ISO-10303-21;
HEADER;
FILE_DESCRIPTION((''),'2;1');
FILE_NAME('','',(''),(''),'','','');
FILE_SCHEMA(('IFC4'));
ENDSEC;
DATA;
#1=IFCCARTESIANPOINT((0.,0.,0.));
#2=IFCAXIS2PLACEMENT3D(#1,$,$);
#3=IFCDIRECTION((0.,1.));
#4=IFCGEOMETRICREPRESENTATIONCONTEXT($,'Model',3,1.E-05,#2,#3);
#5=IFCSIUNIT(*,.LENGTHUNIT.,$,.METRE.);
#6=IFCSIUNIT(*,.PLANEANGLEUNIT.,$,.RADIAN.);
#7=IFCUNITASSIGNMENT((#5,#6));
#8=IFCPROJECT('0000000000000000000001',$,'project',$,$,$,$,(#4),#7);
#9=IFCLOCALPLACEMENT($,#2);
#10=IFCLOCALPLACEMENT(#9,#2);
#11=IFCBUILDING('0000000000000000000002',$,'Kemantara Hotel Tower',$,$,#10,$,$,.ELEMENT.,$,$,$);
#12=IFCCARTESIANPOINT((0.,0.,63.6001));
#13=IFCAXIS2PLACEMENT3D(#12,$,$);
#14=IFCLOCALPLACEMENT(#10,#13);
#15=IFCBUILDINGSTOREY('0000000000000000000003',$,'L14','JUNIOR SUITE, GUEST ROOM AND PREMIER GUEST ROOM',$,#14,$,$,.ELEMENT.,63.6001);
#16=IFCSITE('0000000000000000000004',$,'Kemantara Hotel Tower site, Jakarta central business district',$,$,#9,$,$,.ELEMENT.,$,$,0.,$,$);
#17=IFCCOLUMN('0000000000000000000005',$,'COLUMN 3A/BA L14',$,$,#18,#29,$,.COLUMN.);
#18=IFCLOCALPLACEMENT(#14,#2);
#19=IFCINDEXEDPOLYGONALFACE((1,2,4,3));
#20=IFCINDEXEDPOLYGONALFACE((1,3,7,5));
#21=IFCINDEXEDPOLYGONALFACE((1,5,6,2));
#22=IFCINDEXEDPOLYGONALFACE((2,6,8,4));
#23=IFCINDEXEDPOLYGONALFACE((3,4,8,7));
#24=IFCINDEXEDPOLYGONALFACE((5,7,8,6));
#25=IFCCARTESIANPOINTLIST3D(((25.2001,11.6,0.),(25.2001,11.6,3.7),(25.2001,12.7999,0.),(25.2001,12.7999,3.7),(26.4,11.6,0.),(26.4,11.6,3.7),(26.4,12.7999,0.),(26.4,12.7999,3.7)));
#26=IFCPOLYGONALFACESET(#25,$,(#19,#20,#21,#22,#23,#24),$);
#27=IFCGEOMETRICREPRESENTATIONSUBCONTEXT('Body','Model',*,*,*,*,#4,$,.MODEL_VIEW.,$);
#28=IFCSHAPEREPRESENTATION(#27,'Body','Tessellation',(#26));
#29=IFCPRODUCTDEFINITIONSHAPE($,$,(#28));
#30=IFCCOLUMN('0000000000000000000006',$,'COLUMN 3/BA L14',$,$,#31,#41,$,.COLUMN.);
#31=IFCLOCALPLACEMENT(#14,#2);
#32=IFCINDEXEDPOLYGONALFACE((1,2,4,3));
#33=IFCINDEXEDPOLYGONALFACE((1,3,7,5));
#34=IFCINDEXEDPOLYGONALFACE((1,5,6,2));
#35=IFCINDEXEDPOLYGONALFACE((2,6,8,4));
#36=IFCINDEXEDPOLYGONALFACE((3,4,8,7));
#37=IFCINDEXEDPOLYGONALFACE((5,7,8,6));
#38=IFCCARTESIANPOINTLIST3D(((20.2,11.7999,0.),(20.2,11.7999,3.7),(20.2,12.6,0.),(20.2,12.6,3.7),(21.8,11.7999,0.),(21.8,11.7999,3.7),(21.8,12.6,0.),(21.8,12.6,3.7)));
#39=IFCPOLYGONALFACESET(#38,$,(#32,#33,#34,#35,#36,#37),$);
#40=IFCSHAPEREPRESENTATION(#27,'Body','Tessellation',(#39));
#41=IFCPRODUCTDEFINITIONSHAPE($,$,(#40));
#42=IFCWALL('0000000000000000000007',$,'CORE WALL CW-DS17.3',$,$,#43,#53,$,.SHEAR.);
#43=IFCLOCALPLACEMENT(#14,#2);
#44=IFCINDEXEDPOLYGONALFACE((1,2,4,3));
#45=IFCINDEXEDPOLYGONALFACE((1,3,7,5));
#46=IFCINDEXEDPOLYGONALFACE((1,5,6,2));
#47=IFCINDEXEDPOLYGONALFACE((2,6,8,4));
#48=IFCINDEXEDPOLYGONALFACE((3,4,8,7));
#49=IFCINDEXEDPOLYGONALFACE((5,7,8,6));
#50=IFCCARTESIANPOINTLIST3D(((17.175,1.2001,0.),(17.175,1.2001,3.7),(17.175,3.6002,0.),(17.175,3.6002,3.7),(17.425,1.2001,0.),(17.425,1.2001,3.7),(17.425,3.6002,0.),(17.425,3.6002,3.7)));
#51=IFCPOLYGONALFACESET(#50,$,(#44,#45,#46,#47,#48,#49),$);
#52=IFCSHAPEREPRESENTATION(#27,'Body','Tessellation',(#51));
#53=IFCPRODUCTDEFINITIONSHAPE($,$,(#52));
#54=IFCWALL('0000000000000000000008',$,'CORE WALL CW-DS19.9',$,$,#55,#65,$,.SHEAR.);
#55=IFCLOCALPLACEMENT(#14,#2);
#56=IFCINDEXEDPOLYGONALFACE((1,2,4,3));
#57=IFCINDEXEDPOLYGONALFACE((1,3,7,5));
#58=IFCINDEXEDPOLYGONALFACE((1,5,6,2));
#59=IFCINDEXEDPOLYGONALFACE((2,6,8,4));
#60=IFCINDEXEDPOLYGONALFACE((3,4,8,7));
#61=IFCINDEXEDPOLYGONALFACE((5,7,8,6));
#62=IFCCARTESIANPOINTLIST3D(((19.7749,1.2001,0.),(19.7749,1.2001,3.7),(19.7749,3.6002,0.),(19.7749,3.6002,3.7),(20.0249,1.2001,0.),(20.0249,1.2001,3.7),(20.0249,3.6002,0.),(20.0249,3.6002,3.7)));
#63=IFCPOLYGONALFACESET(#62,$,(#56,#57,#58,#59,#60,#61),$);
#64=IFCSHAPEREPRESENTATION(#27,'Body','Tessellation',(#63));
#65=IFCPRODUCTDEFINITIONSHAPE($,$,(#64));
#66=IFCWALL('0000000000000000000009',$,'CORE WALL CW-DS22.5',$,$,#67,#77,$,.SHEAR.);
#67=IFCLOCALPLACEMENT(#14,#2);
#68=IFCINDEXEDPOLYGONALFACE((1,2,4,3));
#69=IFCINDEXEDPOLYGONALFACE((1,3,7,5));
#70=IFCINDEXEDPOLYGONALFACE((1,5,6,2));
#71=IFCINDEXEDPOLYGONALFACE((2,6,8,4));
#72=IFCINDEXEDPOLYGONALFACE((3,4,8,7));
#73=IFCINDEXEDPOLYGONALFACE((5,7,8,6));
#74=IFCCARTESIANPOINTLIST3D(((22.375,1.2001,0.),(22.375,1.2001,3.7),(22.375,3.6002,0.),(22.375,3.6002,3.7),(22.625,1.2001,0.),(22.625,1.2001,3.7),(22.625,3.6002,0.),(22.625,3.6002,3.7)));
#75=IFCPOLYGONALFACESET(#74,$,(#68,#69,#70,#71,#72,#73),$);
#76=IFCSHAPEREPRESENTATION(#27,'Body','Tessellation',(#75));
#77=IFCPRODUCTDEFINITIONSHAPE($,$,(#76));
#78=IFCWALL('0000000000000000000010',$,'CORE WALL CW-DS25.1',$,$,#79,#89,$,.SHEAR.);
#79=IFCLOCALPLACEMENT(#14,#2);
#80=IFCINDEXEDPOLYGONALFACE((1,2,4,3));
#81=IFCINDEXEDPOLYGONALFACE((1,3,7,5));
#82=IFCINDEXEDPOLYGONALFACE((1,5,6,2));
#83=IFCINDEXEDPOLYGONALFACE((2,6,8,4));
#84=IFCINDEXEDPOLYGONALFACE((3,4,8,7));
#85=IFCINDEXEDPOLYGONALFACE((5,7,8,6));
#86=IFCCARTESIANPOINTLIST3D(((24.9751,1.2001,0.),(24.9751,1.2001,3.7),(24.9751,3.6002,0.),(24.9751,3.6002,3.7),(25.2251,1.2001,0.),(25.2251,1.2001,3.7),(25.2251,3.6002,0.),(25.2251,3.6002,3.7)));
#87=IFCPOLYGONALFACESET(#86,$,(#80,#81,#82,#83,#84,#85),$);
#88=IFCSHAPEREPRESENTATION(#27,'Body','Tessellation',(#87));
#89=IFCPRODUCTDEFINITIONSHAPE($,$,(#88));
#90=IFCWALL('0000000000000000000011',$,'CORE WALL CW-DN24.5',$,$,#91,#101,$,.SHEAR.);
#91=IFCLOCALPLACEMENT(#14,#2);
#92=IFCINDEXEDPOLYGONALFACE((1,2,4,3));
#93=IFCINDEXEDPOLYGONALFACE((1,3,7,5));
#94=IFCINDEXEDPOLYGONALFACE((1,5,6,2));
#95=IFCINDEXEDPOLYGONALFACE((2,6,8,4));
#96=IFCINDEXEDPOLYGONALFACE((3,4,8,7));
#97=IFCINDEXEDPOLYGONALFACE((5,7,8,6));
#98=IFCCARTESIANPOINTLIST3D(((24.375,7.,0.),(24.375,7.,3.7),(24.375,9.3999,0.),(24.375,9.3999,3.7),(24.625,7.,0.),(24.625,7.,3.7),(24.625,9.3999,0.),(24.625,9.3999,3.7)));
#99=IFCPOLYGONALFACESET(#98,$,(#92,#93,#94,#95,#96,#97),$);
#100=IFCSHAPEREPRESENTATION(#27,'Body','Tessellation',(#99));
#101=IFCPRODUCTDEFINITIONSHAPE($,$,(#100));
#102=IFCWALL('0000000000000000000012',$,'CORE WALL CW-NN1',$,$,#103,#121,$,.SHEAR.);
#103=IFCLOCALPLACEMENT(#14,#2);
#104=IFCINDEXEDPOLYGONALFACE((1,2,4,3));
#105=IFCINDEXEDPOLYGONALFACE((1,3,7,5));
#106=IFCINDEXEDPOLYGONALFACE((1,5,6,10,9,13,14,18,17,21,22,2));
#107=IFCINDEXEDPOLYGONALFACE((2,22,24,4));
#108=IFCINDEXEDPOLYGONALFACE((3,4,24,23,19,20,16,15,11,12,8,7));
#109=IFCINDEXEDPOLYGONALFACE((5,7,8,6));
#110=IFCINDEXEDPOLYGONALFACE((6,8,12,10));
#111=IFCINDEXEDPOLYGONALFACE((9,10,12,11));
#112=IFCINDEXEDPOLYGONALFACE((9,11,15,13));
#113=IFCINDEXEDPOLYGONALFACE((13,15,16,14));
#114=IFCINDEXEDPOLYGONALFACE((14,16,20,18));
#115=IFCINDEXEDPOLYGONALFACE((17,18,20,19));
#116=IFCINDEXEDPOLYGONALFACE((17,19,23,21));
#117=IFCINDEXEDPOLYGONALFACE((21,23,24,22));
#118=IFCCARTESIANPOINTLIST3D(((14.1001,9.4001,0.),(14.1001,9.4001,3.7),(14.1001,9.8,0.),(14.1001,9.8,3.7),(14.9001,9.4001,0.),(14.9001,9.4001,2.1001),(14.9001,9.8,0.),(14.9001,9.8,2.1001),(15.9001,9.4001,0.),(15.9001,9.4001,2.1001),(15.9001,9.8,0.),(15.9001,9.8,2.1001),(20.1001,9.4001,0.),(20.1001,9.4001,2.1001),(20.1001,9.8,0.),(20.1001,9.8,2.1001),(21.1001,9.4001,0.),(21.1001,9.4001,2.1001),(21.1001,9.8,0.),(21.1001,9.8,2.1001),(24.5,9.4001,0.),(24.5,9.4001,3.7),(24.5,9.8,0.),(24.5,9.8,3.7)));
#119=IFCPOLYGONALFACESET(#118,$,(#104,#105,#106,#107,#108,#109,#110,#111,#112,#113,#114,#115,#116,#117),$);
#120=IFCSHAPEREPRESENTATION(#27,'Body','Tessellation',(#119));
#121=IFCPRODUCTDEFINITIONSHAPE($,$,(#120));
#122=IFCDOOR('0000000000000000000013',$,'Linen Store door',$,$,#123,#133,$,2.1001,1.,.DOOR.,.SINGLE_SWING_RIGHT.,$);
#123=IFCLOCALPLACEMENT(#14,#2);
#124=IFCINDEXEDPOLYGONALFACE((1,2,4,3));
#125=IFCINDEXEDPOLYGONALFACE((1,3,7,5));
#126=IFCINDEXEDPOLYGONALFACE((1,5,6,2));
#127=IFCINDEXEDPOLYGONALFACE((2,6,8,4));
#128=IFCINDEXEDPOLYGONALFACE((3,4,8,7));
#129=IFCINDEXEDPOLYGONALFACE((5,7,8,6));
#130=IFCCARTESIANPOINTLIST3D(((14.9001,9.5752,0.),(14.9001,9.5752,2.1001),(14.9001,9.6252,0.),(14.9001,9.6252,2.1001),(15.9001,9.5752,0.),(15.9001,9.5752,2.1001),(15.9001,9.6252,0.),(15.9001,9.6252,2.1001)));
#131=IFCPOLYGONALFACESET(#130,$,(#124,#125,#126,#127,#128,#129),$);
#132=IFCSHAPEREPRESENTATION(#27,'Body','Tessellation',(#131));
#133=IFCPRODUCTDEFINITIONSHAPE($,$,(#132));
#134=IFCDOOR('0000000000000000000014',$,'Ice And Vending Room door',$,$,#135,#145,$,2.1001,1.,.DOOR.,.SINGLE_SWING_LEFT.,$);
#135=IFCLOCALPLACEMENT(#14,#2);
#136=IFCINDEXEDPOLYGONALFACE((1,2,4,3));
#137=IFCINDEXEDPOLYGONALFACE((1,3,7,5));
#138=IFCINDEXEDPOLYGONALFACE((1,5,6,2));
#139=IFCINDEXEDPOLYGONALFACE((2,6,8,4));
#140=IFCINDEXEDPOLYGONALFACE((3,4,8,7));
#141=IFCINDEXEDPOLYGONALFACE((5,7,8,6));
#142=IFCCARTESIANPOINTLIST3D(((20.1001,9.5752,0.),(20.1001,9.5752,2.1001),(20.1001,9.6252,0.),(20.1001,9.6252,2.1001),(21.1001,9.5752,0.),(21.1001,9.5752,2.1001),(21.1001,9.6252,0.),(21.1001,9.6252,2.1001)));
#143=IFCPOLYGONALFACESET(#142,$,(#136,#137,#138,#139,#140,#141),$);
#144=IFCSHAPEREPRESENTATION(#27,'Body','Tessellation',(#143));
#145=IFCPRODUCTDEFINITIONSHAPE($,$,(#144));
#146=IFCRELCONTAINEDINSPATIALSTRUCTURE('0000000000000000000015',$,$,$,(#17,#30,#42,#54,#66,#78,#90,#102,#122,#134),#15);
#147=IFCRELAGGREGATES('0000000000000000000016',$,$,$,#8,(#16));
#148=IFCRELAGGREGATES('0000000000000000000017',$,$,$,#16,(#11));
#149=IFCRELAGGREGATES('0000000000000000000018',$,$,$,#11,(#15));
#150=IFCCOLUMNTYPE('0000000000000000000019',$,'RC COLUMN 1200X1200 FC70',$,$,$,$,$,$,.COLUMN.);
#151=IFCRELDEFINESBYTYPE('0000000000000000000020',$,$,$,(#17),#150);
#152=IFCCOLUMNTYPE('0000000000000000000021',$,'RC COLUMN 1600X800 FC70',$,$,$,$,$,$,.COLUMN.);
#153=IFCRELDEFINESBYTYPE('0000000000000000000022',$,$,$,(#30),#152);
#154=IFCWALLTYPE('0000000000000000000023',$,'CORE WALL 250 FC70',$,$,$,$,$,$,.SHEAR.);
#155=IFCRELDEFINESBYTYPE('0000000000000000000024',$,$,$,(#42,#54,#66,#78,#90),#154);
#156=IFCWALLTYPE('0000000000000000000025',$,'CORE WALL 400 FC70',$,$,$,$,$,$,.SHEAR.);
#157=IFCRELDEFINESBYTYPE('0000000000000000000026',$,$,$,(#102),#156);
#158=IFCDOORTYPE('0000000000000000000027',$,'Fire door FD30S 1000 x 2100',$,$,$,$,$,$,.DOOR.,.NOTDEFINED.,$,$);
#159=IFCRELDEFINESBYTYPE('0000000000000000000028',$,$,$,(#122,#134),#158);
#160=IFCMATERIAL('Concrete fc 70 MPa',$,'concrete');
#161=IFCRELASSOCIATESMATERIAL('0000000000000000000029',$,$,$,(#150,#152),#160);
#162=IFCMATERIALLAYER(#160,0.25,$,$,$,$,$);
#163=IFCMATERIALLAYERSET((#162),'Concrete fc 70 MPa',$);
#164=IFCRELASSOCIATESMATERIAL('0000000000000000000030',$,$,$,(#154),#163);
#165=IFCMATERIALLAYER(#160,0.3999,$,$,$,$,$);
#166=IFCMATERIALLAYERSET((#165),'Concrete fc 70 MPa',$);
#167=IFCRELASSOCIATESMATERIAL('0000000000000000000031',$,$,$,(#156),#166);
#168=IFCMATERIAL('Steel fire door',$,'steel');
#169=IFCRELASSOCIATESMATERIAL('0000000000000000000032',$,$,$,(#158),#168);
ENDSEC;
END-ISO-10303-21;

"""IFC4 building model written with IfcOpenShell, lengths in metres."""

from ifc_helpers import new_model, si_unit, direction, frame, frame_2d, origin, origin_2d, place, context, subcontext, project, spatial, rectangle, extrude, material, layer, layer_set, material_profile, profile_set, type_object, element, fill, save


model = new_model("IFC4")

# Units and contexts
model_context = context("Model", 3, precision=1e-05, world=origin(), true_north=direction((0.0, 1.0)))
body_context = subcontext(model_context, "Body", "Model", "MODEL_VIEW")
ifc_project = project(units=[si_unit("LENGTHUNIT", "METRE"), si_unit("PLANEANGLEUNIT", "RADIAN")], contexts=[model_context])

# Site, building, storey
site_placement = place(None, origin())
site = spatial("IfcSite", under=ifc_project, at=site_placement, Name="Kemantara Hotel Tower site, Jakarta central business district", CompositionType="ELEMENT", RefElevation=0.0)
building_placement = place(site_placement, origin())
building = spatial("IfcBuilding", under=site, at=building_placement, Name="Kemantara Hotel Tower", CompositionType="ELEMENT")
storey_placement = place(building_placement, frame((0.0, 0.0, 63.6001)))
storey = spatial("IfcBuildingStorey", under=building, at=storey_placement, Name="L14", Description="JUNIOR SUITE, GUEST ROOM AND PREMIER GUEST ROOM", CompositionType="ELEMENT", Elevation=63.6001)

# Columns
ifc_material_1 = material(Name="Concrete fc 70 MPa", Category="concrete")
ifc_material_profile_1 = material_profile(ifc_material_1, rectangle(XDim=1.2, YDim=1.2, at=origin_2d()), Name="RC 1200X1200")
ifc_profile_set_1 = profile_set([ifc_material_profile_1], Name="Concrete fc 70 MPa")
column_type_1 = type_object("IfcColumnType", Name="RC COLUMN 1200X1200 FC70", PredefinedType="COLUMN", material=ifc_profile_set_1)
column_1_placement = place(storey_placement, frame((25.8, 12.2, 0.0), z_axis=(0.0, 0.0, 1.0), x_axis=(1.0, 0.0, 0.0)))
element("IfcColumn", 1, at=column_1_placement, inside=storey, type_object=column_type_1, Name="COLUMN 3A/BA L14", PredefinedType="COLUMN", context=body_context, shape_type="SweptSolid", body=[
    extrude(rectangle(XDim=1.2, YDim=1.2, at=origin_2d()), origin(), (0.0, 0.0, 1.0), 3.7),
])
ifc_material_profile_2 = material_profile(ifc_material_1, rectangle(XDim=1.6001, YDim=0.8, at=origin_2d()), Name="RC 1600X800")
ifc_profile_set_2 = profile_set([ifc_material_profile_2], Name="Concrete fc 70 MPa")
column_type_2 = type_object("IfcColumnType", Name="RC COLUMN 1600X800 FC70", PredefinedType="COLUMN", material=ifc_profile_set_2)
column_2_placement = place(storey_placement, frame((21.0, 12.2, 0.0), z_axis=(0.0, 0.0, 1.0), x_axis=(1.0, 0.0, 0.0)))
element("IfcColumn", 2, at=column_2_placement, inside=storey, type_object=column_type_2, Name="COLUMN 3/BA L14", PredefinedType="COLUMN", context=body_context, shape_type="SweptSolid", body=[
    extrude(rectangle(XDim=1.6001, YDim=0.8, at=origin_2d()), origin(), (0.0, 0.0, 1.0), 3.7),
])

# Walls
ifc_layer_1 = layer(ifc_material_1, 0.25)
ifc_layer_set_1 = layer_set([ifc_layer_1], Name="Concrete fc 70 MPa")
wall_type_1 = type_object("IfcWallType", Name="CORE WALL 250 FC70", PredefinedType="SHEAR", material=ifc_layer_set_1)
for number, where, z_axis, x_axis, name in (
    (3, (17.3, 1.2, 0.0), (0.0, 0.0, 1.0), (0.0, 1.0, 0.0), "CORE WALL CW-DS17.3"),
    (4, (19.8999, 1.2, 0.0), (0.0, 0.0, 1.0), (0.0, 1.0, 0.0), "CORE WALL CW-DS19.9"),
    (5, (22.5, 1.2, 0.0), (0.0, 0.0, 1.0), (0.0, 1.0, 0.0), "CORE WALL CW-DS22.5"),
    (6, (25.1001, 1.2, 0.0), (0.0, 0.0, 1.0), (0.0, 1.0, 0.0), "CORE WALL CW-DS25.1"),
):
    element("IfcWall", number, at=place(storey_placement, frame(where, z_axis=z_axis, x_axis=x_axis)), inside=storey, type_object=wall_type_1, Name=name, PredefinedType="SHEAR", context=body_context, shape_type="SweptSolid", body=[
        extrude(rectangle(XDim=2.4001, YDim=0.25, at=frame_2d((1.2002, 0.0))), origin(), (0.0, 0.0, 1.0), 3.7),
    ])
wall_1_placement = place(storey_placement, frame((24.5, 7.0, 0.0), z_axis=(0.0, 0.0, 1.0), x_axis=(0.0, 1.0, 0.0)))
element("IfcWall", 7, at=wall_1_placement, inside=storey, type_object=wall_type_1, Name="CORE WALL CW-DN24.5", PredefinedType="SHEAR", context=body_context, shape_type="SweptSolid", body=[
    extrude(rectangle(XDim=2.3999, YDim=0.25, at=frame_2d((1.2, 0.0))), origin(), (0.0, 0.0, 1.0), 3.7),
])

# Wall, openings, doors
ifc_layer_2 = layer(ifc_material_1, 0.3999)
ifc_layer_set_2 = layer_set([ifc_layer_2], Name="Concrete fc 70 MPa")
wall_type_2 = type_object("IfcWallType", Name="CORE WALL 400 FC70", PredefinedType="SHEAR", material=ifc_layer_set_2)
wall_2_placement = place(storey_placement, frame((14.1001, 9.6001, 0.0), z_axis=(0.0, 0.0, 1.0), x_axis=(1.0, 0.0, 0.0)))
wall_2 = element("IfcWall", 8, at=wall_2_placement, inside=storey, type_object=wall_type_2, Name="CORE WALL CW-NN1", PredefinedType="SHEAR", context=body_context, shape_type="SweptSolid", body=[
    extrude(rectangle(XDim=10.3999, YDim=0.3999, at=frame_2d((5.2, 0.0))), origin(), (0.0, 0.0, 1.0), 3.7),
])
opening_1_placement = place(wall_2_placement, frame((0.8, 0.0, 0.0)))
opening_1 = element("IfcOpeningElement", 9, at=opening_1_placement, cuts=wall_2, PredefinedType="OPENING", context=body_context, shape_type="SweptSolid", body=[
    extrude(rectangle(XDim=1.0, YDim=2.1001, at=frame_2d((0.5, 1.05))), frame((0.0, 0.21, 0.0), z_axis=(0.0, -1.0, 0.0), x_axis=(1.0, 0.0, 0.0)), (0.0, 0.0, 1.0), 0.4199),
])
opening_2_placement = place(wall_2_placement, frame((6.0, 0.0, 0.0)))
opening_2 = element("IfcOpeningElement", 10, at=opening_2_placement, cuts=wall_2, PredefinedType="OPENING", context=body_context, shape_type="SweptSolid", body=[
    extrude(rectangle(XDim=1.0, YDim=2.1001, at=frame_2d((0.5, 1.05))), frame((0.0, 0.21, 0.0), z_axis=(0.0, -1.0, 0.0), x_axis=(1.0, 0.0, 0.0)), (0.0, 0.0, 1.0), 0.4199),
])
ifc_material_2 = material(Name="Steel fire door", Category="steel")
door_type_1 = type_object("IfcDoorType", Name="Fire door FD30S 1000 x 2100", OperationType="NOTDEFINED", PredefinedType="DOOR", material=ifc_material_2)
door_1_placement = place(opening_1_placement, frame((1.0, 0.0, 0.0), z_axis=(0.0, 0.0, 1.0), x_axis=(-1.0, 0.0, 0.0)))
door_1 = element("IfcDoor", 11, at=door_1_placement, inside=storey, type_object=door_type_1, Name="Linen Store door", OperationType="SINGLE_SWING_RIGHT", OverallHeight=2.1001, OverallWidth=1.0, PredefinedType="DOOR", context=body_context, shape_type="SweptSolid", body=[
    extrude(rectangle(XDim=1.0, YDim=2.1001, at=frame_2d((0.5, 1.05))), frame((0.0, 0.0249, 0.0), z_axis=(0.0, -1.0, 0.0), x_axis=(1.0, 0.0, 0.0)), (0.0, 0.0, 1.0), 0.05),
])
fill(opening_1, door_1)
door_2_placement = place(opening_2_placement, frame((1.0, 0.0, 0.0), z_axis=(0.0, 0.0, 1.0), x_axis=(-1.0, 0.0, 0.0)))
door_2 = element("IfcDoor", 12, at=door_2_placement, inside=storey, type_object=door_type_1, Name="Ice And Vending Room door", OperationType="SINGLE_SWING_LEFT", OverallHeight=2.1001, OverallWidth=1.0, PredefinedType="DOOR", context=body_context, shape_type="SweptSolid", body=[
    extrude(rectangle(XDim=1.0, YDim=2.1001, at=frame_2d((0.5, 1.05))), frame((0.0, 0.0249, 0.0), z_axis=(0.0, -1.0, 0.0), x_axis=(1.0, 0.0, 0.0)), (0.0, 0.0, 1.0), 0.05),
])
fill(opening_2, door_2)

save(model, "model.ifc")
